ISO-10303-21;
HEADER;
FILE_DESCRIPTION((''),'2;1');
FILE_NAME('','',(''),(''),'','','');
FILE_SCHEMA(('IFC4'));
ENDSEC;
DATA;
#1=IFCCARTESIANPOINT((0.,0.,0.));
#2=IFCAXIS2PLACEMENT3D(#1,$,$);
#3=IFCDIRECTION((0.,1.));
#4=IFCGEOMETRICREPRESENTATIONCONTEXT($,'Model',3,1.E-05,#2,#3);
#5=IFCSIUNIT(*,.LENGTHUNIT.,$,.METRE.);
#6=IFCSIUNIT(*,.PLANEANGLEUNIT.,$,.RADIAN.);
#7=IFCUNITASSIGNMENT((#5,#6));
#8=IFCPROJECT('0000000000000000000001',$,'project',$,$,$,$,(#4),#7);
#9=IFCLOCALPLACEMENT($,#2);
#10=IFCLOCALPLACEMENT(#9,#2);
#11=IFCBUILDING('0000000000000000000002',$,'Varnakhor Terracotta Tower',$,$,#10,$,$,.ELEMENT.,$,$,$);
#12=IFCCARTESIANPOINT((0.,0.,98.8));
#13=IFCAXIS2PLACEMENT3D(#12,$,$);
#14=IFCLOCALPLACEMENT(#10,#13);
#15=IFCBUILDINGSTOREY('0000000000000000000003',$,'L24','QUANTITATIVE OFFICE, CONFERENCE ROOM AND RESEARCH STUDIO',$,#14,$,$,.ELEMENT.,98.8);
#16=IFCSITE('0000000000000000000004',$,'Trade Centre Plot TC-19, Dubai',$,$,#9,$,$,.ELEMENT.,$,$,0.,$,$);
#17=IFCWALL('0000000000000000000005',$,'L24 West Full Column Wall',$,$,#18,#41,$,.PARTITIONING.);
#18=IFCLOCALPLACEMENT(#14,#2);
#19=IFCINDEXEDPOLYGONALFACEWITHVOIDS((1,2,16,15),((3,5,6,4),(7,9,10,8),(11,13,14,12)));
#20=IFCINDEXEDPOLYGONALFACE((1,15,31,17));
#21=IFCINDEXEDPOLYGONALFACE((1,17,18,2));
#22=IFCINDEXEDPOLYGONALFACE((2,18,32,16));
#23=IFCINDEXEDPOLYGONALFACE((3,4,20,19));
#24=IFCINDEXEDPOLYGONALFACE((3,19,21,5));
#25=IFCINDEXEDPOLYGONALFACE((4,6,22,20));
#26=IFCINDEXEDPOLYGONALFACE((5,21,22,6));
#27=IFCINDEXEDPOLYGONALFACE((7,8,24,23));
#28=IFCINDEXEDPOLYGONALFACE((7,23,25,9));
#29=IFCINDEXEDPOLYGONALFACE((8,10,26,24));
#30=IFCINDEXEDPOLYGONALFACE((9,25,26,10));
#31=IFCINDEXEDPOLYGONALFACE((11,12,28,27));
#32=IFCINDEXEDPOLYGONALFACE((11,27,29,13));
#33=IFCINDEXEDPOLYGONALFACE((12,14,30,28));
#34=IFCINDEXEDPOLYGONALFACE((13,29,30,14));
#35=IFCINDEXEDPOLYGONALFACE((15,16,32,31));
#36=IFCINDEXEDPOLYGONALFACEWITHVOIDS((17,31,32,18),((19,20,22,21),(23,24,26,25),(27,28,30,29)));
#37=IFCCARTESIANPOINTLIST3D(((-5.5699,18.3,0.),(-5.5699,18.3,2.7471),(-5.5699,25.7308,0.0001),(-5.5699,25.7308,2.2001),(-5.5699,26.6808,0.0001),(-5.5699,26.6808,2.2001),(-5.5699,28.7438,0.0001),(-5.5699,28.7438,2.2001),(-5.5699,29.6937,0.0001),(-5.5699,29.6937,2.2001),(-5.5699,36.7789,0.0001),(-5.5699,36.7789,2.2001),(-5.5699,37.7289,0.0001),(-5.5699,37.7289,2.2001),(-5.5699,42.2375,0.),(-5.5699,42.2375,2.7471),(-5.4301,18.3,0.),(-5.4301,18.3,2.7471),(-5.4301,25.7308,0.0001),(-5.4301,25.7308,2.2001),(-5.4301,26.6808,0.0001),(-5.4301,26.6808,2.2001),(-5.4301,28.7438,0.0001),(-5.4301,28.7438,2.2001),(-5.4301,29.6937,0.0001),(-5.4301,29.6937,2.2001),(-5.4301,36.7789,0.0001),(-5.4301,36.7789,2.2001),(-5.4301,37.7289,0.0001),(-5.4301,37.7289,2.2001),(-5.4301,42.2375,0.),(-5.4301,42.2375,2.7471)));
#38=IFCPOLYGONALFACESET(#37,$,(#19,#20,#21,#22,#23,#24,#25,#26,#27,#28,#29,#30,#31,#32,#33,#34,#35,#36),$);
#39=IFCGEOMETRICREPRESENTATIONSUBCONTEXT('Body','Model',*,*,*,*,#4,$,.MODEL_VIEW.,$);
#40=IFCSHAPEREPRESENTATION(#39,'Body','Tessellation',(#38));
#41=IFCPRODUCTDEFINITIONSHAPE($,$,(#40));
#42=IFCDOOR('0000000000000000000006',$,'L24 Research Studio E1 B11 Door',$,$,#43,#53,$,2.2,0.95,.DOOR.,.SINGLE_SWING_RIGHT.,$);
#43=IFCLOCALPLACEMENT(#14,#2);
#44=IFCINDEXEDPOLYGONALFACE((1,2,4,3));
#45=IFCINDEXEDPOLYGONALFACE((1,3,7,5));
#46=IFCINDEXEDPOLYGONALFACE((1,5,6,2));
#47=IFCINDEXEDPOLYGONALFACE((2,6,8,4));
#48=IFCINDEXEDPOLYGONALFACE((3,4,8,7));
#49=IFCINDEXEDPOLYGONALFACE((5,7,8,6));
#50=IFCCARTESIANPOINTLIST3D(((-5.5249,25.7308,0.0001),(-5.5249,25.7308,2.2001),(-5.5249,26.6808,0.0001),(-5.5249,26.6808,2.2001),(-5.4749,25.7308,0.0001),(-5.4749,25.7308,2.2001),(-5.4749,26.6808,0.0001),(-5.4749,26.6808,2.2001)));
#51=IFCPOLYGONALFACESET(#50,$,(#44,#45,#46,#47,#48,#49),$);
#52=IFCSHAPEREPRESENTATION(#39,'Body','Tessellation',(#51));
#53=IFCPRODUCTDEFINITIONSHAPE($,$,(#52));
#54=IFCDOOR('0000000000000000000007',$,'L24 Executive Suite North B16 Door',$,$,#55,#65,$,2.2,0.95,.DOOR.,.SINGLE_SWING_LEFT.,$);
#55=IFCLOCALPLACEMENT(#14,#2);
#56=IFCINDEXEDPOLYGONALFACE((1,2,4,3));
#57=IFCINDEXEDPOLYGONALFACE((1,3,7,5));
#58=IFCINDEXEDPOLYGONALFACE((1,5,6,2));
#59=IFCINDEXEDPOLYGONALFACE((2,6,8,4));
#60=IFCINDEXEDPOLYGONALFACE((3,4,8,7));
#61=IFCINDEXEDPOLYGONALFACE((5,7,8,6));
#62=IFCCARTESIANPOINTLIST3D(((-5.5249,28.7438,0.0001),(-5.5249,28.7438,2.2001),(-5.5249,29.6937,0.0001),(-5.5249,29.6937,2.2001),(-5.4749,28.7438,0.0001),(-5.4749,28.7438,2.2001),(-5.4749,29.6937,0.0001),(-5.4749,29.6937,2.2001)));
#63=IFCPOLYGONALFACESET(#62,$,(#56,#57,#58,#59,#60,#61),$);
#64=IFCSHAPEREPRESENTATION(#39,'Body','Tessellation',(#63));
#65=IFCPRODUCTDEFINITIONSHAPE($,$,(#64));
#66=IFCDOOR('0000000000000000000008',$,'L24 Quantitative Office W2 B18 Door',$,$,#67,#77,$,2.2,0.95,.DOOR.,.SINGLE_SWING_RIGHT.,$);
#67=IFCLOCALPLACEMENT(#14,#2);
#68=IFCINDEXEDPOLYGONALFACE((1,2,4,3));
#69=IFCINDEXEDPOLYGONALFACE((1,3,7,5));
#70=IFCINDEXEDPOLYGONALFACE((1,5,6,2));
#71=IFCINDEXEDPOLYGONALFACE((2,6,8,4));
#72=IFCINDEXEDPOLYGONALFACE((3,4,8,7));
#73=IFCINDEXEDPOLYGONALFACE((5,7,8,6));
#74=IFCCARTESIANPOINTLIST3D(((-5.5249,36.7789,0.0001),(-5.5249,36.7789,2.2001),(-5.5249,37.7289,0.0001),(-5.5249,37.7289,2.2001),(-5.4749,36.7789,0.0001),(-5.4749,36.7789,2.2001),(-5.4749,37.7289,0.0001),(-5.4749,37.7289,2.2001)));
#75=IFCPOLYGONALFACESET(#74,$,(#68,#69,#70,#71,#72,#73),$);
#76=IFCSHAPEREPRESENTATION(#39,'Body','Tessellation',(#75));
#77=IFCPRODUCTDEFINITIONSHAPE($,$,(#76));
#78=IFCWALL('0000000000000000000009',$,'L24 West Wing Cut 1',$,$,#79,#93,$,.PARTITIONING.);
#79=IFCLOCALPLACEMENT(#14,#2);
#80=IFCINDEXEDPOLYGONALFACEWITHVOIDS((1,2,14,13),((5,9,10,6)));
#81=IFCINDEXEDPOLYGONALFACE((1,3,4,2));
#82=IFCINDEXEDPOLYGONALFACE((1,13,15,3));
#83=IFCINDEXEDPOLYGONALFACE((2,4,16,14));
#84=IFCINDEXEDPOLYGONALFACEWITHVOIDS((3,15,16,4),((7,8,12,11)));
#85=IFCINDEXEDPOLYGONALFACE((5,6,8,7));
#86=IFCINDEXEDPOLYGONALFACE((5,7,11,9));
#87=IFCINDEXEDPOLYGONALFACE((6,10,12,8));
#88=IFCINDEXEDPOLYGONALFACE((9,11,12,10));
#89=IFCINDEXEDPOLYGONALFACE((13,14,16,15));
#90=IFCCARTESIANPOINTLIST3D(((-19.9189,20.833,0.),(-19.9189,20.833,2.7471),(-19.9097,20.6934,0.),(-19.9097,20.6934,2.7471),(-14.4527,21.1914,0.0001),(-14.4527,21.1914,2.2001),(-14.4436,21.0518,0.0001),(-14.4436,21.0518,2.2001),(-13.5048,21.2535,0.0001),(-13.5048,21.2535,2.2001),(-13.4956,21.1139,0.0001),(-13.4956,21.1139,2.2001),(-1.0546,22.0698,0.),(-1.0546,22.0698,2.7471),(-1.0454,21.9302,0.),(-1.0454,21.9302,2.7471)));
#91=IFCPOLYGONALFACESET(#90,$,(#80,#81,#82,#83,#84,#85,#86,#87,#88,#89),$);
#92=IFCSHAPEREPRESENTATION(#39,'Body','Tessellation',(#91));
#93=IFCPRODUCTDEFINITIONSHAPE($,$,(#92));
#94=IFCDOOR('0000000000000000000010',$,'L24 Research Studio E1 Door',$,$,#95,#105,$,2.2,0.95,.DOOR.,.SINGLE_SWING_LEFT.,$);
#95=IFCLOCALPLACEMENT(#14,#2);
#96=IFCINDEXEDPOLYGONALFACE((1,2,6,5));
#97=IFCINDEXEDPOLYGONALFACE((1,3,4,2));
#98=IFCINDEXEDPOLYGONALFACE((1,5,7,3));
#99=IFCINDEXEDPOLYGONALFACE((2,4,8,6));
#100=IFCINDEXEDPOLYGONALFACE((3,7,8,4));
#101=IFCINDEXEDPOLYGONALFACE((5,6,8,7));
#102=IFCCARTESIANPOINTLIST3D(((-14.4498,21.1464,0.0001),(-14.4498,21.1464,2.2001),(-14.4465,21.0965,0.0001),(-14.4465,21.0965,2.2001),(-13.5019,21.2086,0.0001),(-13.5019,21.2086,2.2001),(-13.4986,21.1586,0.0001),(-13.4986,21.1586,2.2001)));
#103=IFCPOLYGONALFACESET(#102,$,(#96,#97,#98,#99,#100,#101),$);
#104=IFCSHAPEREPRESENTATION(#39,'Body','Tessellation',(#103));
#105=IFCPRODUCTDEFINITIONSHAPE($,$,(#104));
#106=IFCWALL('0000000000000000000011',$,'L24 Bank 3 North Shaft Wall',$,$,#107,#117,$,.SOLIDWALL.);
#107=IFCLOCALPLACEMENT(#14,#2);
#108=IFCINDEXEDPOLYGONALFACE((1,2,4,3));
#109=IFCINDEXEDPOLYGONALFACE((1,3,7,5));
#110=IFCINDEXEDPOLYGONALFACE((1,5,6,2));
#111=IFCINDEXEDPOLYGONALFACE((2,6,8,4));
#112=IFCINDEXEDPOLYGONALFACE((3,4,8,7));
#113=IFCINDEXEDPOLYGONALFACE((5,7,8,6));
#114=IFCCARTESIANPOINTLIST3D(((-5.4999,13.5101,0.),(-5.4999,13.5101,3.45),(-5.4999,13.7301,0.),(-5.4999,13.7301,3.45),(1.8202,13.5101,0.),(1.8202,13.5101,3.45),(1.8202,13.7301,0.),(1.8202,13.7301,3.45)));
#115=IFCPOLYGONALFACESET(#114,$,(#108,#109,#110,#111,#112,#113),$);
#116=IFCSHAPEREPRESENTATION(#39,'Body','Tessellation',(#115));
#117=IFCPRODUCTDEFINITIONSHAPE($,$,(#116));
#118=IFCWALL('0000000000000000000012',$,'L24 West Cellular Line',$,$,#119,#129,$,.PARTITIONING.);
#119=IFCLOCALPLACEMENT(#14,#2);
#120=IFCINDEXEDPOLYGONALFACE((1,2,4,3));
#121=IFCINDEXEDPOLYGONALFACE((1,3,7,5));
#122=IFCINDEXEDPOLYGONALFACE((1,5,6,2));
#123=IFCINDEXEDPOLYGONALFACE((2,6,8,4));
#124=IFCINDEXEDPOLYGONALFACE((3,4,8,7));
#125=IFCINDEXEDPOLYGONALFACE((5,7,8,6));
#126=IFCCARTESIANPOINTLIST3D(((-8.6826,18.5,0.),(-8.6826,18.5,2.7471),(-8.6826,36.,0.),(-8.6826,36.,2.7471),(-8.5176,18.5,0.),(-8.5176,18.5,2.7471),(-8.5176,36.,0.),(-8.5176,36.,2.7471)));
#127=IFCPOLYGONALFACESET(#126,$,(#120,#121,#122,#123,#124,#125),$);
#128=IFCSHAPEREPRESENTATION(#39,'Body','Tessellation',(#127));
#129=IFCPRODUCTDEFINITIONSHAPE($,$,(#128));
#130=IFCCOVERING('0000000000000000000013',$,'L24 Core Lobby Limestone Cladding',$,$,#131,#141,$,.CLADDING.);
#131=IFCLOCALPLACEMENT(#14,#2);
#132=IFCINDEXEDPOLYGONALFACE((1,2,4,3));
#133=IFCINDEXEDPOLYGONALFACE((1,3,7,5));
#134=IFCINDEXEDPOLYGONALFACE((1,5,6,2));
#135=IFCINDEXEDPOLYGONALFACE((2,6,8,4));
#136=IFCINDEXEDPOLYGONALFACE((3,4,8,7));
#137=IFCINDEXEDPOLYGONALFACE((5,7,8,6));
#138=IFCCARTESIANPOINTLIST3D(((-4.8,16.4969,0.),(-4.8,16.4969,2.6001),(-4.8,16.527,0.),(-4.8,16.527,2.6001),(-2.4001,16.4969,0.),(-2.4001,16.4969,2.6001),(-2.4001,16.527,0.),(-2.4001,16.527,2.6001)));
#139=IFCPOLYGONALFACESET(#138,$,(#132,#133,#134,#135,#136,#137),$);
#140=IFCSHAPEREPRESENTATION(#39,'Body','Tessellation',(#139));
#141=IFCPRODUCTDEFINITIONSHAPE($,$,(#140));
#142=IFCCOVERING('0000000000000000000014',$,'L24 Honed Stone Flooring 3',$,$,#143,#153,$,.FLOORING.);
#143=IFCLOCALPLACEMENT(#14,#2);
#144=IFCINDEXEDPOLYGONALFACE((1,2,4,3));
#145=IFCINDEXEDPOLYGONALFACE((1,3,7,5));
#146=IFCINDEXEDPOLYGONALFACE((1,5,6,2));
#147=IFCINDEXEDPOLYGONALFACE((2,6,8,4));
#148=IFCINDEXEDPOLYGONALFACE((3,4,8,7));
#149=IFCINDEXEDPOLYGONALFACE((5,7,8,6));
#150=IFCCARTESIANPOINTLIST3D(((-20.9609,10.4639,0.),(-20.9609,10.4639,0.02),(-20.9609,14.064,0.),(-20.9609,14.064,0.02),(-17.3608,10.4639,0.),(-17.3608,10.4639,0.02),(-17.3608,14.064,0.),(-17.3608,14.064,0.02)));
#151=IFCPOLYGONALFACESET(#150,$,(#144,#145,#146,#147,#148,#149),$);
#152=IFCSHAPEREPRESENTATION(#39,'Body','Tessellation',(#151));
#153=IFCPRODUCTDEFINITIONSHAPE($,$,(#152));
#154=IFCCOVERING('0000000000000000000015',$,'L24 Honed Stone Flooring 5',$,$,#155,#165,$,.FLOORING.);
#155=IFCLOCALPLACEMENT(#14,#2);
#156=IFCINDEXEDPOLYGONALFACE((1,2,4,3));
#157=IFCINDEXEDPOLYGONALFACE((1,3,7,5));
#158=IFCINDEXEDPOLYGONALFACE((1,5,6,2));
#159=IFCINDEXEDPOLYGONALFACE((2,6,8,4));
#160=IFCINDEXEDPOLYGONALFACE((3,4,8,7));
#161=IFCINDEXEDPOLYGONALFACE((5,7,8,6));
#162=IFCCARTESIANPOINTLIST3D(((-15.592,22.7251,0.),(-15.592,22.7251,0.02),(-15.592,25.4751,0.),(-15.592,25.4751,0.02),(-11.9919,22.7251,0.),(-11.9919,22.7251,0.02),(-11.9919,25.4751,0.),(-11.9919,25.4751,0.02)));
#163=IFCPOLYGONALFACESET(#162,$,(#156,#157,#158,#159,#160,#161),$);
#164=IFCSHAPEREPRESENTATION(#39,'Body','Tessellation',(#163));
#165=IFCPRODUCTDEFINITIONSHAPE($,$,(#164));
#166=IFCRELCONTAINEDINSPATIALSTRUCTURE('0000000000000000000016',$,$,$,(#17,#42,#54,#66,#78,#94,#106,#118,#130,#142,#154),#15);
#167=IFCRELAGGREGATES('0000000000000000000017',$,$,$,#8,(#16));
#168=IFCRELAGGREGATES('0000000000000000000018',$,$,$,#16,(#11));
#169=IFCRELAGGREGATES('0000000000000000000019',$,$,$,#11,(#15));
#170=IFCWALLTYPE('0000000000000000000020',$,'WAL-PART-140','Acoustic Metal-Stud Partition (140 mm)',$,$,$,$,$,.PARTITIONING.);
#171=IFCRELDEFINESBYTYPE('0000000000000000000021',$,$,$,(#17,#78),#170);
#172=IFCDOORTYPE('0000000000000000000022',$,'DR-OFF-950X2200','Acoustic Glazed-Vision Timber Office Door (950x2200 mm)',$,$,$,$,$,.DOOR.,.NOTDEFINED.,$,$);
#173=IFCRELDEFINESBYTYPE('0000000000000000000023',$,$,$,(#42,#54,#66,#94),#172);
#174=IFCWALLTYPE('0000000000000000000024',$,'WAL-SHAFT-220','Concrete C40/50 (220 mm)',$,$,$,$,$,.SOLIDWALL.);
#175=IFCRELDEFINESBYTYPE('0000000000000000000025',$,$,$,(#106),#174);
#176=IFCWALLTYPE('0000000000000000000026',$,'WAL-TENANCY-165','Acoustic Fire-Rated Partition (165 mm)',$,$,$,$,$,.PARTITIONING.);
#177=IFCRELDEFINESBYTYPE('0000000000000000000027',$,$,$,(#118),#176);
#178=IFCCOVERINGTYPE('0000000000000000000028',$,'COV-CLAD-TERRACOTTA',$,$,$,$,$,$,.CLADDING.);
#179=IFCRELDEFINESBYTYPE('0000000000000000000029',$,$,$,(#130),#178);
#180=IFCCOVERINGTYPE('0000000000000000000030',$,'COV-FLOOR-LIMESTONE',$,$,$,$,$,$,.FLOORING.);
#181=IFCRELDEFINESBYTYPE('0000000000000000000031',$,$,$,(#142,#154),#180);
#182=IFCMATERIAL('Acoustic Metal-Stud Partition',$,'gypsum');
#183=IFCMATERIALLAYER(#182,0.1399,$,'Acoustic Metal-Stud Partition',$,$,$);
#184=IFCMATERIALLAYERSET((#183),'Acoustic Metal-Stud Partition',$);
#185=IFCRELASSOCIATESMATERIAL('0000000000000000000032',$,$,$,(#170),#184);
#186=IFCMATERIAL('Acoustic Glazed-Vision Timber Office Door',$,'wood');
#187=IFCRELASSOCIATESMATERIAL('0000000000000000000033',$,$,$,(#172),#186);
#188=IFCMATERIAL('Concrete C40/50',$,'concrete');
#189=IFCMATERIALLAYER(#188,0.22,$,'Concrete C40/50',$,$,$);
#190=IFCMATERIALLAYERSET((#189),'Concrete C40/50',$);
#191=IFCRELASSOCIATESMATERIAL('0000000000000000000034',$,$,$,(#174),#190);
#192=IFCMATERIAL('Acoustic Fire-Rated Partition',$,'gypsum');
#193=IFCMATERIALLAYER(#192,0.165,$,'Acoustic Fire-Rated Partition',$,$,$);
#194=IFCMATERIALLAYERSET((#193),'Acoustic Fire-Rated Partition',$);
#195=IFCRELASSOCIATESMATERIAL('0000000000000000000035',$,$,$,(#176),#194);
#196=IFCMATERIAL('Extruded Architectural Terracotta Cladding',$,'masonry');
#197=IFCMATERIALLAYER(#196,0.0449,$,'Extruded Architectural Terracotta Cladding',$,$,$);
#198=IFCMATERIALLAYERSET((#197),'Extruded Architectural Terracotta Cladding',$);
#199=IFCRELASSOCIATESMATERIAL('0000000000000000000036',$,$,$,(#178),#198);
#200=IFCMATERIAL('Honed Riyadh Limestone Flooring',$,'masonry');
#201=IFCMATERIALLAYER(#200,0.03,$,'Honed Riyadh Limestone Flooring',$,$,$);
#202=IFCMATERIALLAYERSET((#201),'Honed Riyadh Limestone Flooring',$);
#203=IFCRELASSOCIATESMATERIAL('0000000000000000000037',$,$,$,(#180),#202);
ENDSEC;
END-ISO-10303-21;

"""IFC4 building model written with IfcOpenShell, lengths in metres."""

from ifc_helpers import new_model, si_unit, direction, frame, frame_2d, origin, origin_2d, place, context, subcontext, project, spatial, rectangle, extrude, source, transform, mapped, material, layer, layer_set, type_object, type_shapes, element, fill, save


model = new_model("IFC4")

# Units and contexts
model_context = context("Model", 3, precision=1e-05, world=origin(), true_north=direction((0.0, 1.0)))
body_context = subcontext(model_context, "Body", "Model", "MODEL_VIEW")
ifc_project = project(units=[si_unit("LENGTHUNIT", "METRE"), si_unit("PLANEANGLEUNIT", "RADIAN")], contexts=[model_context])

# Site, building, storey
site_placement = place(None, origin())
site = spatial("IfcSite", under=ifc_project, at=site_placement, Name="Trade Centre Plot TC-19, Dubai", CompositionType="ELEMENT", RefElevation=0.0)
building_placement = place(site_placement, origin())
building = spatial("IfcBuilding", under=site, at=building_placement, Name="Varnakhor Terracotta Tower", CompositionType="ELEMENT")
storey_placement = place(building_placement, frame((0.0, 0.0, 98.8)))
storey = spatial("IfcBuildingStorey", under=building, at=storey_placement, Name="L24", Description="QUANTITATIVE OFFICE, CONFERENCE ROOM AND RESEARCH STUDIO", CompositionType="ELEMENT", Elevation=98.8)

# Wall, openings, doors
ifc_material_1 = material(Name="Acoustic Metal-Stud Partition", Category="gypsum")
ifc_layer_1 = layer(ifc_material_1, 0.1399, Name="Acoustic Metal-Stud Partition")
ifc_layer_set_1 = layer_set([ifc_layer_1], Name="Acoustic Metal-Stud Partition")
wall_type_1 = type_object("IfcWallType", Name="WAL-PART-140", Description="Acoustic Metal-Stud Partition (140 mm)", PredefinedType="PARTITIONING", material=ifc_layer_set_1)
wall_1_placement = place(storey_placement, frame((-5.5, 18.3, 0.0), z_axis=(0.0, 0.0, 1.0), x_axis=(0.0, 1.0, 0.0)))
wall_1 = element("IfcWall", 1, at=wall_1_placement, inside=storey, type_object=wall_type_1, Name="L24 West Full Column Wall", PredefinedType="PARTITIONING", context=body_context, shape_type="SweptSolid", body=[
    extrude(rectangle(XDim=23.9375, YDim=0.1399, at=frame_2d((11.9688, 0.0))), origin(), (0.0, 0.0, 1.0), 2.7471),
])
opening_1_placement = place(wall_1_placement, frame((7.4307, 0.0, 0.0)))
opening_1 = element("IfcOpeningElement", 2, at=opening_1_placement, cuts=wall_1, PredefinedType="OPENING", context=body_context, shape_type="SweptSolid", body=[
    extrude(rectangle(XDim=0.95, YDim=2.2, at=frame_2d((0.4751, 1.1001))), frame((0.0, 0.0801, 0.0), z_axis=(0.0, -1.0, 0.0), x_axis=(1.0, 0.0, 0.0)), (0.0, 0.0, 1.0), 0.1599),
])
opening_2_placement = place(wall_1_placement, frame((10.4436, 0.0, 0.0)))
opening_2 = element("IfcOpeningElement", 3, at=opening_2_placement, cuts=wall_1, PredefinedType="OPENING", context=body_context, shape_type="SweptSolid", body=[
    extrude(rectangle(XDim=0.95, YDim=2.2, at=frame_2d((0.4751, 1.1001))), frame((0.0, 0.0801, 0.0), z_axis=(0.0, -1.0, 0.0), x_axis=(1.0, 0.0, 0.0)), (0.0, 0.0, 1.0), 0.1599),
])
opening_3_placement = place(wall_1_placement, frame((18.4788, 0.0, 0.0)))
opening_3 = element("IfcOpeningElement", 4, at=opening_3_placement, cuts=wall_1, PredefinedType="OPENING", context=body_context, shape_type="SweptSolid", body=[
    extrude(rectangle(XDim=0.95, YDim=2.2, at=frame_2d((0.4751, 1.1001))), frame((0.0, 0.0801, 0.0), z_axis=(0.0, -1.0, 0.0), x_axis=(1.0, 0.0, 0.0)), (0.0, 0.0, 1.0), 0.1599),
])
ifc_material_2 = material(Name="Acoustic Glazed-Vision Timber Office Door", Category="wood")
door_type_1 = type_object("IfcDoorType", Name="DR-OFF-950X2200", Description="Acoustic Glazed-Vision Timber Office Door (950x2200 mm)", OperationType="NOTDEFINED", PredefinedType="DOOR", material=ifc_material_2)
shared_shape_1 = source(origin(), body_context, "Body", "SweptSolid", [
    extrude(rectangle(XDim=0.95, YDim=2.2, at=frame_2d((0.4751, 1.1001))), frame((0.0, 0.0249, 0.0), z_axis=(0.0, -1.0, 0.0), x_axis=(1.0, 0.0, 0.0)), (0.0, 0.0, 1.0), 0.05),
])
type_shapes(door_type_1, [shared_shape_1])
door_1_placement = place(opening_1_placement, origin())
door_1 = element("IfcDoor", 5, at=door_1_placement, inside=storey, type_object=door_type_1, Name="L24 Research Studio E1 B11 Door", OperationType="SINGLE_SWING_RIGHT", OverallHeight=2.2, OverallWidth=0.95, PredefinedType="DOOR", context=body_context, shape_type="MappedRepresentation", body=[
    mapped(shared_shape_1, transform((0.0, 0.0, 0.0), scale=1.0)),
])
fill(opening_1, door_1)
door_2_placement = place(opening_2_placement, origin())
door_2 = element("IfcDoor", 6, at=door_2_placement, inside=storey, type_object=door_type_1, Name="L24 Executive Suite North B16 Door", OperationType="SINGLE_SWING_LEFT", OverallHeight=2.2, OverallWidth=0.95, PredefinedType="DOOR", context=body_context, shape_type="MappedRepresentation", body=[
    mapped(shared_shape_1, transform((0.0, 0.0, 0.0), scale=1.0)),
])
fill(opening_2, door_2)
door_3_placement = place(opening_3_placement, origin())
door_3 = element("IfcDoor", 7, at=door_3_placement, inside=storey, type_object=door_type_1, Name="L24 Quantitative Office W2 B18 Door", OperationType="SINGLE_SWING_RIGHT", OverallHeight=2.2, OverallWidth=0.95, PredefinedType="DOOR", context=body_context, shape_type="MappedRepresentation", body=[
    mapped(shared_shape_1, transform((0.0, 0.0, 0.0), scale=1.0)),
])
fill(opening_3, door_3)

# Wall, opening, door
wall_2_placement = place(storey_placement, frame((-19.9143, 20.7632, 0.0), z_axis=(0.0, 0.0, 1.0), x_axis=(0.997858, 0.065424, 0.0)))
wall_2 = element("IfcWall", 8, at=wall_2_placement, inside=storey, type_object=wall_type_1, Name="L24 West Wing Cut 1", PredefinedType="PARTITIONING", context=body_context, shape_type="SweptSolid", body=[
    extrude(rectangle(XDim=18.9048, YDim=0.1399, at=frame_2d((9.4524, 0.0))), origin(), (0.0, 0.0, 1.0), 2.7471),
])
opening_4_placement = place(wall_2_placement, frame((5.4778, 0.0, 0.0)))
opening_4 = element("IfcOpeningElement", 9, at=opening_4_placement, cuts=wall_2, PredefinedType="OPENING", context=body_context, shape_type="SweptSolid", body=[
    extrude(rectangle(XDim=0.95, YDim=2.2, at=frame_2d((0.4751, 1.1001))), frame((0.0, 0.0801, 0.0), z_axis=(0.0, -1.0, 0.0), x_axis=(1.0, 0.0, 0.0)), (0.0, 0.0, 1.0), 0.1599),
])
door_4_placement = place(opening_4_placement, origin())
door_4 = element("IfcDoor", 10, at=door_4_placement, inside=storey, type_object=door_type_1, Name="L24 Research Studio E1 Door", OperationType="SINGLE_SWING_LEFT", OverallHeight=2.2, OverallWidth=0.95, PredefinedType="DOOR", context=body_context, shape_type="MappedRepresentation", body=[
    mapped(shared_shape_1, transform((0.0, 0.0, 0.0), scale=1.0)),
])
fill(opening_4, door_4)

# Walls
ifc_material_3 = material(Name="Concrete C40/50", Category="concrete")
ifc_layer_2 = layer(ifc_material_3, 0.22, Name="Concrete C40/50")
ifc_layer_set_2 = layer_set([ifc_layer_2], Name="Concrete C40/50")
wall_type_2 = type_object("IfcWallType", Name="WAL-SHAFT-220", Description="Concrete C40/50 (220 mm)", PredefinedType="SOLIDWALL", material=ifc_layer_set_2)
wall_3_placement = place(storey_placement, frame((-5.5, 13.6201, 0.0), z_axis=(0.0, 0.0, 1.0), x_axis=(1.0, 0.0, 0.0)))
element("IfcWall", 11, at=wall_3_placement, inside=storey, type_object=wall_type_2, Name="L24 Bank 3 North Shaft Wall", PredefinedType="SOLIDWALL", context=body_context, shape_type="SweptSolid", body=[
    extrude(rectangle(XDim=7.3201, YDim=0.22, at=frame_2d((3.6602, 0.0))), origin(), (0.0, 0.0, 1.0), 3.45),
])
ifc_material_4 = material(Name="Acoustic Fire-Rated Partition", Category="gypsum")
ifc_layer_3 = layer(ifc_material_4, 0.165, Name="Acoustic Fire-Rated Partition")
ifc_layer_set_3 = layer_set([ifc_layer_3], Name="Acoustic Fire-Rated Partition")
wall_type_3 = type_object("IfcWallType", Name="WAL-TENANCY-165", Description="Acoustic Fire-Rated Partition (165 mm)", PredefinedType="PARTITIONING", material=ifc_layer_set_3)
wall_4_placement = place(storey_placement, frame((-8.6001, 18.5, 0.0), z_axis=(0.0, 0.0, 1.0), x_axis=(0.0, 1.0, 0.0)))
element("IfcWall", 12, at=wall_4_placement, inside=storey, type_object=wall_type_3, Name="L24 West Cellular Line", PredefinedType="PARTITIONING", context=body_context, shape_type="SweptSolid", body=[
    extrude(rectangle(XDim=17.5, YDim=0.165, at=frame_2d((8.75, 0.0))), origin(), (0.0, 0.0, 1.0), 2.7471),
])

# Coverings
ifc_material_5 = material(Name="Extruded Architectural Terracotta Cladding", Category="masonry")
ifc_layer_4 = layer(ifc_material_5, 0.0449, Name="Extruded Architectural Terracotta Cladding")
ifc_layer_set_4 = layer_set([ifc_layer_4], Name="Extruded Architectural Terracotta Cladding")
covering_type_1 = type_object("IfcCoveringType", Name="COV-CLAD-TERRACOTTA", PredefinedType="CLADDING", material=ifc_layer_set_4)
shared_shape_2 = source(origin(), body_context, "Body", "SweptSolid", [
    extrude(rectangle(XDim=2.3999, YDim=0.03, at=origin_2d()), origin(), (0.0, 0.0, 1.0), 2.6001),
])
type_shapes(covering_type_1, [shared_shape_2])
covering_1_placement = place(storey_placement, frame((-3.6001, 16.512, 0.0), z_axis=(0.0, 0.0, 1.0), x_axis=(1.0, 0.0, 0.0)))
element("IfcCovering", 13, at=covering_1_placement, inside=storey, type_object=covering_type_1, Name="L24 Core Lobby Limestone Cladding", PredefinedType="CLADDING", context=body_context, shape_type="MappedRepresentation", body=[
    mapped(shared_shape_2, transform((0.0, 0.0, 0.0), scale=1.0)),
])
ifc_material_6 = material(Name="Honed Riyadh Limestone Flooring", Category="masonry")
ifc_layer_5 = layer(ifc_material_6, 0.03, Name="Honed Riyadh Limestone Flooring")
ifc_layer_set_5 = layer_set([ifc_layer_5], Name="Honed Riyadh Limestone Flooring")
covering_type_2 = type_object("IfcCoveringType", Name="COV-FLOOR-LIMESTONE", PredefinedType="FLOORING", material=ifc_layer_set_5)
shared_shape_3 = source(origin(), body_context, "Body", "SweptSolid", [
    extrude(rectangle(XDim=3.6001, YDim=3.6001, at=origin_2d()), origin(), (0.0, 0.0, 1.0), 0.02),
])
covering_2_placement = place(storey_placement, frame((-19.1609, 12.2639, 0.0), z_axis=(0.0, 0.0, 1.0), x_axis=(1.0, 0.0, 0.0)))
element("IfcCovering", 14, at=covering_2_placement, inside=storey, type_object=covering_type_2, Name="L24 Honed Stone Flooring 3", PredefinedType="FLOORING", context=body_context, shape_type="MappedRepresentation", body=[
    mapped(shared_shape_3, transform((0.0, 0.0, 0.0), scale=1.0)),
])
shared_shape_4 = source(origin(), body_context, "Body", "SweptSolid", [
    extrude(rectangle(XDim=3.6001, YDim=2.75, at=origin_2d()), origin(), (0.0, 0.0, 1.0), 0.02),
])
covering_3_placement = place(storey_placement, frame((-13.792, 24.1001, 0.0), z_axis=(0.0, 0.0, 1.0), x_axis=(1.0, 0.0, 0.0)))
element("IfcCovering", 15, at=covering_3_placement, inside=storey, type_object=covering_type_2, Name="L24 Honed Stone Flooring 5", PredefinedType="FLOORING", context=body_context, shape_type="MappedRepresentation", body=[
    mapped(shared_shape_4, transform((0.0, 0.0, 0.0), scale=1.0)),
])

save(model, "model.ifc")
